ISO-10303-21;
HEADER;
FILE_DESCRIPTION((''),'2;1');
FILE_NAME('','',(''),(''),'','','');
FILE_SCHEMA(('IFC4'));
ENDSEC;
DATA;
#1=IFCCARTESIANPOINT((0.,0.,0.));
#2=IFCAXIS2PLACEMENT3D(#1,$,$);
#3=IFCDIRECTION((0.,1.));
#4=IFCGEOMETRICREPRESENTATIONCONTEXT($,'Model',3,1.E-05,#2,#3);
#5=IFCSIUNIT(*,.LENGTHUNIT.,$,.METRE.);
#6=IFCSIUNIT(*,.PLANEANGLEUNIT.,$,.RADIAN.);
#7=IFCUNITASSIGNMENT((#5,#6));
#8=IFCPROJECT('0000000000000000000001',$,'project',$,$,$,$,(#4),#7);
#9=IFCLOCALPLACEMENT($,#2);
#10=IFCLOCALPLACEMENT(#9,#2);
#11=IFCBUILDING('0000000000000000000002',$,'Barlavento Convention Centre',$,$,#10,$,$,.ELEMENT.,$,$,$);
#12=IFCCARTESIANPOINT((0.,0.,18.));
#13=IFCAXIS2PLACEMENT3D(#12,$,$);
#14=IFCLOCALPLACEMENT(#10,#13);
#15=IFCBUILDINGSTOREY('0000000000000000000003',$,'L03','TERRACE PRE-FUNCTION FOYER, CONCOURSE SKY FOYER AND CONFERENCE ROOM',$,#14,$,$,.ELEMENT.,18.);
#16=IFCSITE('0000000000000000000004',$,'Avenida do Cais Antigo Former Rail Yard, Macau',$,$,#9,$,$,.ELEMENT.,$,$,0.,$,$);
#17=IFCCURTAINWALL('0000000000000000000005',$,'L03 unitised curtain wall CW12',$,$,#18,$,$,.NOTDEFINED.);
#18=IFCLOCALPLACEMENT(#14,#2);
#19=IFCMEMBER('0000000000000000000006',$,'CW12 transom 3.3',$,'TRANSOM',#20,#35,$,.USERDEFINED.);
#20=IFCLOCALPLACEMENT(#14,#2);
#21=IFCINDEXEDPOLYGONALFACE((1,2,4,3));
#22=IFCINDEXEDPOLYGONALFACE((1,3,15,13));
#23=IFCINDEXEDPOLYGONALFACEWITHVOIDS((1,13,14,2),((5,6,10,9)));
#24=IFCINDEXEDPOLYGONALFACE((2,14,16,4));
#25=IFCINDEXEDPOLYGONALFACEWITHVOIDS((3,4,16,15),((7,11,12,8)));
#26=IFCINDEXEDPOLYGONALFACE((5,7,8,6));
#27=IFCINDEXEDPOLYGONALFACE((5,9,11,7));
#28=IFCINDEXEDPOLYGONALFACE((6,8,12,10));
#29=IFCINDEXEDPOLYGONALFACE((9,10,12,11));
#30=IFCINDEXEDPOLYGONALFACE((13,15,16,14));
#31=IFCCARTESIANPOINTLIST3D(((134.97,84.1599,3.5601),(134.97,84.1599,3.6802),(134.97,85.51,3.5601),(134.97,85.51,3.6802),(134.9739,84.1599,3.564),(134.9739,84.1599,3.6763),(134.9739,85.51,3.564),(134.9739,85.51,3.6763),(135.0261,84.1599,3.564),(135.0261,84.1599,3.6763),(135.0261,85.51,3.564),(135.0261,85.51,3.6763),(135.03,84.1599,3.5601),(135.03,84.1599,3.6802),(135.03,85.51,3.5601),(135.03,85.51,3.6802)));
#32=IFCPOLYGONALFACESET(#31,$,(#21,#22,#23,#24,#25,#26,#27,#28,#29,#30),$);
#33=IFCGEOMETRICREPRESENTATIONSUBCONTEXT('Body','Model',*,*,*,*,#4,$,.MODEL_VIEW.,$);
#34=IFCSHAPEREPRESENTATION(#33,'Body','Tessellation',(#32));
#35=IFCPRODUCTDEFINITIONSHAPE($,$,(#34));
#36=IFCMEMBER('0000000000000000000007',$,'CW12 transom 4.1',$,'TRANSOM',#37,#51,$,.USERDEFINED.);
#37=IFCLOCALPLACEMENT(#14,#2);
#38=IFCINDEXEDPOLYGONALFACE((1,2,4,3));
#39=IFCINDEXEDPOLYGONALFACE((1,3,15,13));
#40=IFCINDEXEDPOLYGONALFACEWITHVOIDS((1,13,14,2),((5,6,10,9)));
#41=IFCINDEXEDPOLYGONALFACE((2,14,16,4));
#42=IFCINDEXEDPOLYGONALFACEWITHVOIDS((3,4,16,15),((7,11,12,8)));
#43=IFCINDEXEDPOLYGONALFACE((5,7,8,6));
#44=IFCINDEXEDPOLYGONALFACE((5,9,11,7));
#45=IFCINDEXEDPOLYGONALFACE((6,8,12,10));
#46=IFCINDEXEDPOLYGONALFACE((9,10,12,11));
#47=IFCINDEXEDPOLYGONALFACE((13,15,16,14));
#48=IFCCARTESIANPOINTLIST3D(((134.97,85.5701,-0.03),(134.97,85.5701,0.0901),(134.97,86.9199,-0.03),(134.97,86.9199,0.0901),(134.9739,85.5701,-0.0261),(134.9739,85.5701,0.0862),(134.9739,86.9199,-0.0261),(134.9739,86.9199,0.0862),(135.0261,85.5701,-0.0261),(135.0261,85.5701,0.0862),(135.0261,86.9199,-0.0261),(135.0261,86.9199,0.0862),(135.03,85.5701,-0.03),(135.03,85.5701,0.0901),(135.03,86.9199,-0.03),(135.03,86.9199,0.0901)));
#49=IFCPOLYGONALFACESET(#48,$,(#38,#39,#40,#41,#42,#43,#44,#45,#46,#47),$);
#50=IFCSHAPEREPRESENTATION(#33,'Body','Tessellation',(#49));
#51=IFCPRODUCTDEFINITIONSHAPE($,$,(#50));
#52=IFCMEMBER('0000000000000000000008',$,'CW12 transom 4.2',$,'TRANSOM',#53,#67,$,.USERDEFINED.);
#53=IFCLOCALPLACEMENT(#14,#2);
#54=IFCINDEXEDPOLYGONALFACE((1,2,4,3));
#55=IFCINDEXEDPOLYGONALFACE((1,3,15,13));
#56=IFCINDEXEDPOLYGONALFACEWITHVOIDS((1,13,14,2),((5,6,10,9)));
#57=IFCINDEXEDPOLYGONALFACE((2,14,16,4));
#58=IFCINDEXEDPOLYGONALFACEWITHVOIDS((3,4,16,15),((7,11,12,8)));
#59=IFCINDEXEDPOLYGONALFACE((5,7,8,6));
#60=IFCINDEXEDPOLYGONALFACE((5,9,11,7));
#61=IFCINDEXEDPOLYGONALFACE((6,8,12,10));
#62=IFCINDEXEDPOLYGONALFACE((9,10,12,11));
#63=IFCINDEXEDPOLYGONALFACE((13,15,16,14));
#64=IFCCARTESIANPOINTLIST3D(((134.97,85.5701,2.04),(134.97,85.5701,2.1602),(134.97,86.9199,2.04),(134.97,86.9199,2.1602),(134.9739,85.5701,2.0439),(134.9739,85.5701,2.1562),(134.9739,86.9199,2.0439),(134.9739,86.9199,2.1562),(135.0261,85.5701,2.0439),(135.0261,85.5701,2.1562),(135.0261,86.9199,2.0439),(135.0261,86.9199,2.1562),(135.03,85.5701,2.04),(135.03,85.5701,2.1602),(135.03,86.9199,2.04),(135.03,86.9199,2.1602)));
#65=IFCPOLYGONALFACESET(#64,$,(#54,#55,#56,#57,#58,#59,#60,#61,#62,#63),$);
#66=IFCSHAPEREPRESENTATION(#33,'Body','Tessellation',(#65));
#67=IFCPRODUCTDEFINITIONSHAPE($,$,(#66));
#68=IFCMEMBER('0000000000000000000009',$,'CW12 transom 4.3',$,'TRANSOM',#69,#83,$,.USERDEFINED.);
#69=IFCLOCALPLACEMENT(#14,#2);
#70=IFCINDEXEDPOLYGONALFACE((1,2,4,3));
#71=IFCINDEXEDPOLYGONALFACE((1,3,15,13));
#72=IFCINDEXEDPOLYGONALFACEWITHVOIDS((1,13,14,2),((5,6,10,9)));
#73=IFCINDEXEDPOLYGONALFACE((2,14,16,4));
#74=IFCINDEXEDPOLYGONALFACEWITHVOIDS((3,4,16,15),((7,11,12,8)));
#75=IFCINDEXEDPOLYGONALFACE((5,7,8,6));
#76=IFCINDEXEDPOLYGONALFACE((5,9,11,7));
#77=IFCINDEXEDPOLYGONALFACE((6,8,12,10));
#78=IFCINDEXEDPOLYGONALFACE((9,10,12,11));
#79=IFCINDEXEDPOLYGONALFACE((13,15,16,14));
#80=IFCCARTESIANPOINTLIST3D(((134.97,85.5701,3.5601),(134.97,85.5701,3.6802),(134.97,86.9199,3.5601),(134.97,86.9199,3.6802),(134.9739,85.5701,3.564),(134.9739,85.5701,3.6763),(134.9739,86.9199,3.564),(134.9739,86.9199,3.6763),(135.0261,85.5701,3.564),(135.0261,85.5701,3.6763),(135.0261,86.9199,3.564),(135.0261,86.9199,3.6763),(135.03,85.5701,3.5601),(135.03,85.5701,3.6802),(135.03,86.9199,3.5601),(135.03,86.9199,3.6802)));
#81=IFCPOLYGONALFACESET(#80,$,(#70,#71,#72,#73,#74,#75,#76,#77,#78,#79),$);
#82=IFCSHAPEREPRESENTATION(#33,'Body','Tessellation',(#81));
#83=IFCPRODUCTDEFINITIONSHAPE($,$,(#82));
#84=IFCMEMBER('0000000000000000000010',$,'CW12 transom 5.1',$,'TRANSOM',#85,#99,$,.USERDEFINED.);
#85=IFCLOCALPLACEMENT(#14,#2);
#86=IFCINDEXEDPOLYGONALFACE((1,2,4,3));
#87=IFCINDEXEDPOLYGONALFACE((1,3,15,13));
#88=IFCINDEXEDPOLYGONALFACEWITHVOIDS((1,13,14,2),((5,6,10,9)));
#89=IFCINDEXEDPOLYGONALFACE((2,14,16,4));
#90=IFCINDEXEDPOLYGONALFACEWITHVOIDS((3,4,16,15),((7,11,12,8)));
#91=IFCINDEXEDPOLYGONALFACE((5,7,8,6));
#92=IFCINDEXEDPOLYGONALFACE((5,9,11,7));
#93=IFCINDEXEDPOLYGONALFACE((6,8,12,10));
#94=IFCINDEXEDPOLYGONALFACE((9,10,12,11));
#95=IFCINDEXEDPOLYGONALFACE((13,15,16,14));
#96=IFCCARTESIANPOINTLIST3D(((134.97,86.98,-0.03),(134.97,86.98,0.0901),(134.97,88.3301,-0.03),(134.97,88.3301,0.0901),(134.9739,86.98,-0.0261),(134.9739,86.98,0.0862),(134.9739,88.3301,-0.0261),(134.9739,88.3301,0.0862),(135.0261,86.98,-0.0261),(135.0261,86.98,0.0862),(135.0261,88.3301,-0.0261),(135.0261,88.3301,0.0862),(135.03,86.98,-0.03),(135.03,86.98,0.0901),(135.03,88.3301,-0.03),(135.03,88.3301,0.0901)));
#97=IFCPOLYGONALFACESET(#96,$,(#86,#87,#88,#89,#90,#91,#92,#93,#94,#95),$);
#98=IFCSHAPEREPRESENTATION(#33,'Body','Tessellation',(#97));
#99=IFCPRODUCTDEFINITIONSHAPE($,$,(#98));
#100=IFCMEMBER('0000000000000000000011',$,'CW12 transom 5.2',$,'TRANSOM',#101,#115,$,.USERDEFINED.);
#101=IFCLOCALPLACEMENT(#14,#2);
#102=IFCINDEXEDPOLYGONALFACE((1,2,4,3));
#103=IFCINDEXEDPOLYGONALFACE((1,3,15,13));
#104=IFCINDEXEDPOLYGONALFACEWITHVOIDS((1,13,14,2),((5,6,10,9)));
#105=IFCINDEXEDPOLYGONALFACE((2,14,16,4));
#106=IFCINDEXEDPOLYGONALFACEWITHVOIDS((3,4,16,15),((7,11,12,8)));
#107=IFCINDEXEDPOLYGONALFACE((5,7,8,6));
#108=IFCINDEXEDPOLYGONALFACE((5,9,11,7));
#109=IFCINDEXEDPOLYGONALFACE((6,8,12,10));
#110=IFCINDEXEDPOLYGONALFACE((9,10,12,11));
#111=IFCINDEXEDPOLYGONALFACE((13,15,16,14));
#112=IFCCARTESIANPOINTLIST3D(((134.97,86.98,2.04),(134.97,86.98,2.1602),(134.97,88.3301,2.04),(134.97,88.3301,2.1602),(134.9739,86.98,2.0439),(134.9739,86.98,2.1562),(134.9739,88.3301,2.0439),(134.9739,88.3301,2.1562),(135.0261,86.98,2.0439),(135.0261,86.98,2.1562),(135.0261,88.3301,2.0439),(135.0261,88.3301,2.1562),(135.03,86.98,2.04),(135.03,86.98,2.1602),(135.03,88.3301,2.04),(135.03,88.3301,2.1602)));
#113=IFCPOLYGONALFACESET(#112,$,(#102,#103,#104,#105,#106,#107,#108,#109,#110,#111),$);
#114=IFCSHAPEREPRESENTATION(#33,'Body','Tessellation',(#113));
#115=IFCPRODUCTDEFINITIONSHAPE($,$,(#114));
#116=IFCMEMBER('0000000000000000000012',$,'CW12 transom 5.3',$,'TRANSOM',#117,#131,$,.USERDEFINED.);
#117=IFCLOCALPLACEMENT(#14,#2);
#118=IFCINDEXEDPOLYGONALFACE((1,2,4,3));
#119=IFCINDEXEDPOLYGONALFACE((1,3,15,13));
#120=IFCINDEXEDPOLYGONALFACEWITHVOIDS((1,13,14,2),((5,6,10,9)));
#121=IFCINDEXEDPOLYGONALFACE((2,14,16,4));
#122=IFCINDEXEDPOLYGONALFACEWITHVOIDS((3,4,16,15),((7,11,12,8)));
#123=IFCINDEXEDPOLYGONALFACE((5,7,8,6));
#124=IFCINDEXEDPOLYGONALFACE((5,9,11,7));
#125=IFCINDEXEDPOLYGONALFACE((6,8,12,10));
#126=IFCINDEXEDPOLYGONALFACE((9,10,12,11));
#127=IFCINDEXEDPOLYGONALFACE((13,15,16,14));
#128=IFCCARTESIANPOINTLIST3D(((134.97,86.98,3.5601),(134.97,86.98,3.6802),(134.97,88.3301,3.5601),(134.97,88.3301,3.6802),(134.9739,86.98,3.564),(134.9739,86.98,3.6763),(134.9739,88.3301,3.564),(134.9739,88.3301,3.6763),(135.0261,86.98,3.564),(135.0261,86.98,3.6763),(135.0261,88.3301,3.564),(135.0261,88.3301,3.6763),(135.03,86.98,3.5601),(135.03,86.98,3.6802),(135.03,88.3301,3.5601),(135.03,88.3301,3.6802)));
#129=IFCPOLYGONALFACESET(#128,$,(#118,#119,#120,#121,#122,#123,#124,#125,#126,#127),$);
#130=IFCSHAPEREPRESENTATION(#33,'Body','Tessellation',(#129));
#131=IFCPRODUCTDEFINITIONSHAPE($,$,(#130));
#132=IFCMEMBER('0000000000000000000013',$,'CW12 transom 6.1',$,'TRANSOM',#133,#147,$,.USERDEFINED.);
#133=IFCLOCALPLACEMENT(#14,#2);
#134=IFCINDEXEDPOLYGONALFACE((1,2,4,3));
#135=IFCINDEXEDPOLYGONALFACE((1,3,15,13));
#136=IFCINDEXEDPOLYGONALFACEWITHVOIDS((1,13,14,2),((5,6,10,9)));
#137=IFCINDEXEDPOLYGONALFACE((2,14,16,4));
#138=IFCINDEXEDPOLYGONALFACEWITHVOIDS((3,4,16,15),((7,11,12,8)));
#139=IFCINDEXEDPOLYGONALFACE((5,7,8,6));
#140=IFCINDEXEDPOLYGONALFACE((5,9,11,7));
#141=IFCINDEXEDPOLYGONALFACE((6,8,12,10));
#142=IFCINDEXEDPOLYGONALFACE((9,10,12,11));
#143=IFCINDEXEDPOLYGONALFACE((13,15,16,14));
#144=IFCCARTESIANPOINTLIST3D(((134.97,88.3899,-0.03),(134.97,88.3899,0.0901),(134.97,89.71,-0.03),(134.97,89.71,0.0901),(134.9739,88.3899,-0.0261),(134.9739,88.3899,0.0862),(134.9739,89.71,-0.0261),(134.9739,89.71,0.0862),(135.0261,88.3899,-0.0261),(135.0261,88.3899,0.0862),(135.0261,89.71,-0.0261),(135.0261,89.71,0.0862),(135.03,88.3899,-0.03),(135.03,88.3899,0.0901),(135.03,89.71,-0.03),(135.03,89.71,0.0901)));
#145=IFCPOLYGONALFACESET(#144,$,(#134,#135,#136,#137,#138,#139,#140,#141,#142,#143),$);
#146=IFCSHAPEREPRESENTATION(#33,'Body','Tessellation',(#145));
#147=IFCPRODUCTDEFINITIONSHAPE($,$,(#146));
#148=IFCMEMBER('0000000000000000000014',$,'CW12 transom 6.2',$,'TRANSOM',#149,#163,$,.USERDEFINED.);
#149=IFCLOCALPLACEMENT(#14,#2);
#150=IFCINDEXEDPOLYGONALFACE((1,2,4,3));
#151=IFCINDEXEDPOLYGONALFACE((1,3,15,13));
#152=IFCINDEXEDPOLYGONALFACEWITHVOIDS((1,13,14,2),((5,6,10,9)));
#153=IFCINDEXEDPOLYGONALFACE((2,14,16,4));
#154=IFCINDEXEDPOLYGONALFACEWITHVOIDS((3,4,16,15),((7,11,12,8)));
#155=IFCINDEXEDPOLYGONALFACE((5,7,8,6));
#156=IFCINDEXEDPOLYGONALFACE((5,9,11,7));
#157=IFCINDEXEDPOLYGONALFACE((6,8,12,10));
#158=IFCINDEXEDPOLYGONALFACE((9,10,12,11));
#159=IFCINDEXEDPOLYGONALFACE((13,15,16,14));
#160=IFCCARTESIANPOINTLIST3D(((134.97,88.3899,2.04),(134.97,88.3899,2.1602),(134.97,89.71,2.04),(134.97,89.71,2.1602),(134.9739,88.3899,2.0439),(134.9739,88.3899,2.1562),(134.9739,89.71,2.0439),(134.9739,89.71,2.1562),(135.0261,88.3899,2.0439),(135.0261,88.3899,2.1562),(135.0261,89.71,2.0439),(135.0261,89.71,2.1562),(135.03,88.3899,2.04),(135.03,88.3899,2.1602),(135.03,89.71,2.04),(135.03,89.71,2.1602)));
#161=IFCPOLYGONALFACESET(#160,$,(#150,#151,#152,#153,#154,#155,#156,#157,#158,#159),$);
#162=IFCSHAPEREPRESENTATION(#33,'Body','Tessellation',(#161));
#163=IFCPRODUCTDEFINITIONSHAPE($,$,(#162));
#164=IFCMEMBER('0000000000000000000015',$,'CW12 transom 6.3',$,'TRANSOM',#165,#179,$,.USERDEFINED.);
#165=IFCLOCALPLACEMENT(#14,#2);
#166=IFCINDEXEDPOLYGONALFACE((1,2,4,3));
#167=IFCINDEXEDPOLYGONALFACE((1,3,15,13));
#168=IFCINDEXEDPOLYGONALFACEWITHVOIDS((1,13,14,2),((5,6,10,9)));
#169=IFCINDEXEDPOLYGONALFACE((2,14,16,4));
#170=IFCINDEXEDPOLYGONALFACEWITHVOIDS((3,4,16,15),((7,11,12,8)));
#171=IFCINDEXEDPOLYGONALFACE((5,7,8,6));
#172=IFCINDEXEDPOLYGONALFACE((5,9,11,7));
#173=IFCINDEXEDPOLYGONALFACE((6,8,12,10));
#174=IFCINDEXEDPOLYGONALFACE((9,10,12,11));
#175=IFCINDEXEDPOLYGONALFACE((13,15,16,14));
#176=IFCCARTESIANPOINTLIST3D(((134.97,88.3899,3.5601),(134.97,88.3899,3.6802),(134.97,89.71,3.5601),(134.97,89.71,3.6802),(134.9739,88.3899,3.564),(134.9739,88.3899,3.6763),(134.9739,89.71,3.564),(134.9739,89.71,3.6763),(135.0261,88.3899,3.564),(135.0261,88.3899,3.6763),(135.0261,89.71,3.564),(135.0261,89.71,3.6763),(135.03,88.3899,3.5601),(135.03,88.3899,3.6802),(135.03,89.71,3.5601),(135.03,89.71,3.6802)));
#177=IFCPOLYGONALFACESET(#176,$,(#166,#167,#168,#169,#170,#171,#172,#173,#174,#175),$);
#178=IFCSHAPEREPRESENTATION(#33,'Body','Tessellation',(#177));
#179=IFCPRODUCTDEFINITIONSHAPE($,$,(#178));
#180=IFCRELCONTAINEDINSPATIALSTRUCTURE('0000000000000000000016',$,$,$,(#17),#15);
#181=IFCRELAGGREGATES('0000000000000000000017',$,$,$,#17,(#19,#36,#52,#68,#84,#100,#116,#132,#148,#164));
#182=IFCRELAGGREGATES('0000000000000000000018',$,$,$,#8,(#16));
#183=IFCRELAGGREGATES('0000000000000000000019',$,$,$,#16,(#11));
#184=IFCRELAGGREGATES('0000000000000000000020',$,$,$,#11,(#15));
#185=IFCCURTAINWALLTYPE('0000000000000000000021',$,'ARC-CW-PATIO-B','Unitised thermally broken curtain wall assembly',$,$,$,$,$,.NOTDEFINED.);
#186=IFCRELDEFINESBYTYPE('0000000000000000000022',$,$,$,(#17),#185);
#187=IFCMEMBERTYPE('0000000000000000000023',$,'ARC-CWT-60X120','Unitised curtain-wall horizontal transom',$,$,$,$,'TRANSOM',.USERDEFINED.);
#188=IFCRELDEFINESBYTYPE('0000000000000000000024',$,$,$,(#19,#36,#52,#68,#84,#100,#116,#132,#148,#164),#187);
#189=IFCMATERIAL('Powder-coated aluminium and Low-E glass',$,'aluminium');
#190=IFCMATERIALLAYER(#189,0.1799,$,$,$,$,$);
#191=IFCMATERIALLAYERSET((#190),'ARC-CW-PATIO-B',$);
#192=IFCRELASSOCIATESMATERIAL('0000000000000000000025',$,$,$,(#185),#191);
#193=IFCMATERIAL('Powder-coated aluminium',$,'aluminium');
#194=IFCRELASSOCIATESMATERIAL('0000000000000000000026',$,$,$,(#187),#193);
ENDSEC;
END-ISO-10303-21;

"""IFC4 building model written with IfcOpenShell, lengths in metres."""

from ifc_helpers import new_model, si_unit, direction, frame, origin, origin_2d, place, context, subcontext, project, spatial, hollow_rectangle, extrude, material, layer, layer_set, material_profile, profile_set, type_object, element, aggregate, save


model = new_model("IFC4")

# Units and contexts
model_context = context("Model", 3, precision=1e-05, world=origin(), true_north=direction((0.0, 1.0)))
body_context = subcontext(model_context, "Body", "Model", "MODEL_VIEW")
ifc_project = project(units=[si_unit("LENGTHUNIT", "METRE"), si_unit("PLANEANGLEUNIT", "RADIAN")], contexts=[model_context])

# Site, building, storey
site_placement = place(None, origin())
site = spatial("IfcSite", under=ifc_project, at=site_placement, Name="Avenida do Cais Antigo Former Rail Yard, Macau", CompositionType="ELEMENT", RefElevation=0.0)
building_placement = place(site_placement, origin())
building = spatial("IfcBuilding", under=site, at=building_placement, Name="Barlavento Convention Centre", CompositionType="ELEMENT")
storey_placement = place(building_placement, frame((0.0, 0.0, 18.0)))
storey = spatial("IfcBuildingStorey", under=building, at=storey_placement, Name="L03", Description="TERRACE PRE-FUNCTION FOYER, CONCOURSE SKY FOYER AND CONFERENCE ROOM", CompositionType="ELEMENT", Elevation=18.0)

# Curtain wall, members
ifc_material_1 = material(Name="Powder-coated aluminium and Low-E glass", Category="aluminium")
ifc_layer_1 = layer(ifc_material_1, 0.1799)
ifc_layer_set_1 = layer_set([ifc_layer_1], Name="ARC-CW-PATIO-B")
curtain_wall_type = type_object("IfcCurtainWallType", Name="ARC-CW-PATIO-B", Description="Unitised thermally broken curtain wall assembly", PredefinedType="NOTDEFINED", material=ifc_layer_set_1)
curtain_wall_placement = place(storey_placement, origin())
curtain_wall = element("IfcCurtainWall", 1, at=curtain_wall_placement, inside=storey, type_object=curtain_wall_type, Name="L03 unitised curtain wall CW12", PredefinedType="NOTDEFINED")
ifc_material_2 = material(Name="Powder-coated aluminium", Category="aluminium")
ifc_material_profile_1 = material_profile(ifc_material_2, hollow_rectangle(XDim=0.0601, YDim=0.1201, WallThickness=0.0039, at=origin_2d()), Name="AL-TRAN 60x120x4")
ifc_profile_set_1 = profile_set([ifc_material_profile_1], Name="Powder-coated aluminium")
member_type_1 = type_object("IfcMemberType", Name="ARC-CWT-60X120", Description="Unitised curtain-wall horizontal transom", ElementType="TRANSOM", PredefinedType="USERDEFINED", material=ifc_profile_set_1)
member_1_placement = place(storey_placement, frame((135.0, 84.1599, 3.6201), z_axis=(0.0, 1.0, 0.0), x_axis=(-1.0, 0.0, 0.0)))
member_1 = element("IfcMember", 2, at=member_1_placement, type_object=member_type_1, Name="CW12 transom 3.3", ObjectType="TRANSOM", PredefinedType="USERDEFINED", context=body_context, shape_type="SweptSolid", body=[
    extrude(hollow_rectangle(XDim=0.0601, YDim=0.1201, WallThickness=0.0039, at=origin_2d()), origin(), (0.0, 0.0, 1.0), 1.3501),
])
member_2_placement = place(storey_placement, frame((135.0, 85.5701, 0.03), z_axis=(0.0, 1.0, 0.0), x_axis=(-1.0, 0.0, 0.0)))
member_2 = element("IfcMember", 3, at=member_2_placement, type_object=member_type_1, Name="CW12 transom 4.1", ObjectType="TRANSOM", PredefinedType="USERDEFINED", context=body_context, shape_type="SweptSolid", body=[
    extrude(hollow_rectangle(XDim=0.0601, YDim=0.1201, WallThickness=0.0039, at=origin_2d()), origin(), (0.0, 0.0, 1.0), 1.3499),
])
member_3_placement = place(storey_placement, frame((135.0, 85.5701, 2.1001), z_axis=(0.0, 1.0, 0.0), x_axis=(-1.0, 0.0, 0.0)))
member_3 = element("IfcMember", 4, at=member_3_placement, type_object=member_type_1, Name="CW12 transom 4.2", ObjectType="TRANSOM", PredefinedType="USERDEFINED", context=body_context, shape_type="SweptSolid", body=[
    extrude(hollow_rectangle(XDim=0.0601, YDim=0.1201, WallThickness=0.0039, at=origin_2d()), origin(), (0.0, 0.0, 1.0), 1.3499),
])
member_4_placement = place(storey_placement, frame((135.0, 85.5701, 3.6201), z_axis=(0.0, 1.0, 0.0), x_axis=(-1.0, 0.0, 0.0)))
member_4 = element("IfcMember", 5, at=member_4_placement, type_object=member_type_1, Name="CW12 transom 4.3", ObjectType="TRANSOM", PredefinedType="USERDEFINED", context=body_context, shape_type="SweptSolid", body=[
    extrude(hollow_rectangle(XDim=0.0601, YDim=0.1201, WallThickness=0.0039, at=origin_2d()), origin(), (0.0, 0.0, 1.0), 1.3499),
])
member_5_placement = place(storey_placement, frame((135.0, 86.98, 0.03), z_axis=(0.0, 1.0, 0.0), x_axis=(-1.0, 0.0, 0.0)))
member_5 = element("IfcMember", 6, at=member_5_placement, type_object=member_type_1, Name="CW12 transom 5.1", ObjectType="TRANSOM", PredefinedType="USERDEFINED", context=body_context, shape_type="SweptSolid", body=[
    extrude(hollow_rectangle(XDim=0.0601, YDim=0.1201, WallThickness=0.0039, at=origin_2d()), origin(), (0.0, 0.0, 1.0), 1.3501),
])
member_6_placement = place(storey_placement, frame((135.0, 86.98, 2.1001), z_axis=(0.0, 1.0, 0.0), x_axis=(-1.0, 0.0, 0.0)))
member_6 = element("IfcMember", 7, at=member_6_placement, type_object=member_type_1, Name="CW12 transom 5.2", ObjectType="TRANSOM", PredefinedType="USERDEFINED", context=body_context, shape_type="SweptSolid", body=[
    extrude(hollow_rectangle(XDim=0.0601, YDim=0.1201, WallThickness=0.0039, at=origin_2d()), origin(), (0.0, 0.0, 1.0), 1.3501),
])
member_7_placement = place(storey_placement, frame((135.0, 86.98, 3.6201), z_axis=(0.0, 1.0, 0.0), x_axis=(-1.0, 0.0, 0.0)))
member_7 = element("IfcMember", 8, at=member_7_placement, type_object=member_type_1, Name="CW12 transom 5.3", ObjectType="TRANSOM", PredefinedType="USERDEFINED", context=body_context, shape_type="SweptSolid", body=[
    extrude(hollow_rectangle(XDim=0.0601, YDim=0.1201, WallThickness=0.0039, at=origin_2d()), origin(), (0.0, 0.0, 1.0), 1.3501),
])
member_8_placement = place(storey_placement, frame((135.0, 88.3899, 0.03), z_axis=(0.0, 1.0, 0.0), x_axis=(-1.0, 0.0, 0.0)))
member_8 = element("IfcMember", 9, at=member_8_placement, type_object=member_type_1, Name="CW12 transom 6.1", ObjectType="TRANSOM", PredefinedType="USERDEFINED", context=body_context, shape_type="SweptSolid", body=[
    extrude(hollow_rectangle(XDim=0.0601, YDim=0.1201, WallThickness=0.0039, at=origin_2d()), origin(), (0.0, 0.0, 1.0), 1.3201),
])
member_9_placement = place(storey_placement, frame((135.0, 88.3899, 2.1001), z_axis=(0.0, 1.0, 0.0), x_axis=(-1.0, 0.0, 0.0)))
member_9 = element("IfcMember", 10, at=member_9_placement, type_object=member_type_1, Name="CW12 transom 6.2", ObjectType="TRANSOM", PredefinedType="USERDEFINED", context=body_context, shape_type="SweptSolid", body=[
    extrude(hollow_rectangle(XDim=0.0601, YDim=0.1201, WallThickness=0.0039, at=origin_2d()), origin(), (0.0, 0.0, 1.0), 1.3201),
])
member_10_placement = place(storey_placement, frame((135.0, 88.3899, 3.6201), z_axis=(0.0, 1.0, 0.0), x_axis=(-1.0, 0.0, 0.0)))
member_10 = element("IfcMember", 11, at=member_10_placement, type_object=member_type_1, Name="CW12 transom 6.3", ObjectType="TRANSOM", PredefinedType="USERDEFINED", context=body_context, shape_type="SweptSolid", body=[
    extrude(hollow_rectangle(XDim=0.0601, YDim=0.1201, WallThickness=0.0039, at=origin_2d()), origin(), (0.0, 0.0, 1.0), 1.3201),
])

aggregate(curtain_wall, [member_1, member_2, member_3, member_4, member_5, member_6, member_7, member_8, member_9, member_10])

save(model, "model.ifc")
